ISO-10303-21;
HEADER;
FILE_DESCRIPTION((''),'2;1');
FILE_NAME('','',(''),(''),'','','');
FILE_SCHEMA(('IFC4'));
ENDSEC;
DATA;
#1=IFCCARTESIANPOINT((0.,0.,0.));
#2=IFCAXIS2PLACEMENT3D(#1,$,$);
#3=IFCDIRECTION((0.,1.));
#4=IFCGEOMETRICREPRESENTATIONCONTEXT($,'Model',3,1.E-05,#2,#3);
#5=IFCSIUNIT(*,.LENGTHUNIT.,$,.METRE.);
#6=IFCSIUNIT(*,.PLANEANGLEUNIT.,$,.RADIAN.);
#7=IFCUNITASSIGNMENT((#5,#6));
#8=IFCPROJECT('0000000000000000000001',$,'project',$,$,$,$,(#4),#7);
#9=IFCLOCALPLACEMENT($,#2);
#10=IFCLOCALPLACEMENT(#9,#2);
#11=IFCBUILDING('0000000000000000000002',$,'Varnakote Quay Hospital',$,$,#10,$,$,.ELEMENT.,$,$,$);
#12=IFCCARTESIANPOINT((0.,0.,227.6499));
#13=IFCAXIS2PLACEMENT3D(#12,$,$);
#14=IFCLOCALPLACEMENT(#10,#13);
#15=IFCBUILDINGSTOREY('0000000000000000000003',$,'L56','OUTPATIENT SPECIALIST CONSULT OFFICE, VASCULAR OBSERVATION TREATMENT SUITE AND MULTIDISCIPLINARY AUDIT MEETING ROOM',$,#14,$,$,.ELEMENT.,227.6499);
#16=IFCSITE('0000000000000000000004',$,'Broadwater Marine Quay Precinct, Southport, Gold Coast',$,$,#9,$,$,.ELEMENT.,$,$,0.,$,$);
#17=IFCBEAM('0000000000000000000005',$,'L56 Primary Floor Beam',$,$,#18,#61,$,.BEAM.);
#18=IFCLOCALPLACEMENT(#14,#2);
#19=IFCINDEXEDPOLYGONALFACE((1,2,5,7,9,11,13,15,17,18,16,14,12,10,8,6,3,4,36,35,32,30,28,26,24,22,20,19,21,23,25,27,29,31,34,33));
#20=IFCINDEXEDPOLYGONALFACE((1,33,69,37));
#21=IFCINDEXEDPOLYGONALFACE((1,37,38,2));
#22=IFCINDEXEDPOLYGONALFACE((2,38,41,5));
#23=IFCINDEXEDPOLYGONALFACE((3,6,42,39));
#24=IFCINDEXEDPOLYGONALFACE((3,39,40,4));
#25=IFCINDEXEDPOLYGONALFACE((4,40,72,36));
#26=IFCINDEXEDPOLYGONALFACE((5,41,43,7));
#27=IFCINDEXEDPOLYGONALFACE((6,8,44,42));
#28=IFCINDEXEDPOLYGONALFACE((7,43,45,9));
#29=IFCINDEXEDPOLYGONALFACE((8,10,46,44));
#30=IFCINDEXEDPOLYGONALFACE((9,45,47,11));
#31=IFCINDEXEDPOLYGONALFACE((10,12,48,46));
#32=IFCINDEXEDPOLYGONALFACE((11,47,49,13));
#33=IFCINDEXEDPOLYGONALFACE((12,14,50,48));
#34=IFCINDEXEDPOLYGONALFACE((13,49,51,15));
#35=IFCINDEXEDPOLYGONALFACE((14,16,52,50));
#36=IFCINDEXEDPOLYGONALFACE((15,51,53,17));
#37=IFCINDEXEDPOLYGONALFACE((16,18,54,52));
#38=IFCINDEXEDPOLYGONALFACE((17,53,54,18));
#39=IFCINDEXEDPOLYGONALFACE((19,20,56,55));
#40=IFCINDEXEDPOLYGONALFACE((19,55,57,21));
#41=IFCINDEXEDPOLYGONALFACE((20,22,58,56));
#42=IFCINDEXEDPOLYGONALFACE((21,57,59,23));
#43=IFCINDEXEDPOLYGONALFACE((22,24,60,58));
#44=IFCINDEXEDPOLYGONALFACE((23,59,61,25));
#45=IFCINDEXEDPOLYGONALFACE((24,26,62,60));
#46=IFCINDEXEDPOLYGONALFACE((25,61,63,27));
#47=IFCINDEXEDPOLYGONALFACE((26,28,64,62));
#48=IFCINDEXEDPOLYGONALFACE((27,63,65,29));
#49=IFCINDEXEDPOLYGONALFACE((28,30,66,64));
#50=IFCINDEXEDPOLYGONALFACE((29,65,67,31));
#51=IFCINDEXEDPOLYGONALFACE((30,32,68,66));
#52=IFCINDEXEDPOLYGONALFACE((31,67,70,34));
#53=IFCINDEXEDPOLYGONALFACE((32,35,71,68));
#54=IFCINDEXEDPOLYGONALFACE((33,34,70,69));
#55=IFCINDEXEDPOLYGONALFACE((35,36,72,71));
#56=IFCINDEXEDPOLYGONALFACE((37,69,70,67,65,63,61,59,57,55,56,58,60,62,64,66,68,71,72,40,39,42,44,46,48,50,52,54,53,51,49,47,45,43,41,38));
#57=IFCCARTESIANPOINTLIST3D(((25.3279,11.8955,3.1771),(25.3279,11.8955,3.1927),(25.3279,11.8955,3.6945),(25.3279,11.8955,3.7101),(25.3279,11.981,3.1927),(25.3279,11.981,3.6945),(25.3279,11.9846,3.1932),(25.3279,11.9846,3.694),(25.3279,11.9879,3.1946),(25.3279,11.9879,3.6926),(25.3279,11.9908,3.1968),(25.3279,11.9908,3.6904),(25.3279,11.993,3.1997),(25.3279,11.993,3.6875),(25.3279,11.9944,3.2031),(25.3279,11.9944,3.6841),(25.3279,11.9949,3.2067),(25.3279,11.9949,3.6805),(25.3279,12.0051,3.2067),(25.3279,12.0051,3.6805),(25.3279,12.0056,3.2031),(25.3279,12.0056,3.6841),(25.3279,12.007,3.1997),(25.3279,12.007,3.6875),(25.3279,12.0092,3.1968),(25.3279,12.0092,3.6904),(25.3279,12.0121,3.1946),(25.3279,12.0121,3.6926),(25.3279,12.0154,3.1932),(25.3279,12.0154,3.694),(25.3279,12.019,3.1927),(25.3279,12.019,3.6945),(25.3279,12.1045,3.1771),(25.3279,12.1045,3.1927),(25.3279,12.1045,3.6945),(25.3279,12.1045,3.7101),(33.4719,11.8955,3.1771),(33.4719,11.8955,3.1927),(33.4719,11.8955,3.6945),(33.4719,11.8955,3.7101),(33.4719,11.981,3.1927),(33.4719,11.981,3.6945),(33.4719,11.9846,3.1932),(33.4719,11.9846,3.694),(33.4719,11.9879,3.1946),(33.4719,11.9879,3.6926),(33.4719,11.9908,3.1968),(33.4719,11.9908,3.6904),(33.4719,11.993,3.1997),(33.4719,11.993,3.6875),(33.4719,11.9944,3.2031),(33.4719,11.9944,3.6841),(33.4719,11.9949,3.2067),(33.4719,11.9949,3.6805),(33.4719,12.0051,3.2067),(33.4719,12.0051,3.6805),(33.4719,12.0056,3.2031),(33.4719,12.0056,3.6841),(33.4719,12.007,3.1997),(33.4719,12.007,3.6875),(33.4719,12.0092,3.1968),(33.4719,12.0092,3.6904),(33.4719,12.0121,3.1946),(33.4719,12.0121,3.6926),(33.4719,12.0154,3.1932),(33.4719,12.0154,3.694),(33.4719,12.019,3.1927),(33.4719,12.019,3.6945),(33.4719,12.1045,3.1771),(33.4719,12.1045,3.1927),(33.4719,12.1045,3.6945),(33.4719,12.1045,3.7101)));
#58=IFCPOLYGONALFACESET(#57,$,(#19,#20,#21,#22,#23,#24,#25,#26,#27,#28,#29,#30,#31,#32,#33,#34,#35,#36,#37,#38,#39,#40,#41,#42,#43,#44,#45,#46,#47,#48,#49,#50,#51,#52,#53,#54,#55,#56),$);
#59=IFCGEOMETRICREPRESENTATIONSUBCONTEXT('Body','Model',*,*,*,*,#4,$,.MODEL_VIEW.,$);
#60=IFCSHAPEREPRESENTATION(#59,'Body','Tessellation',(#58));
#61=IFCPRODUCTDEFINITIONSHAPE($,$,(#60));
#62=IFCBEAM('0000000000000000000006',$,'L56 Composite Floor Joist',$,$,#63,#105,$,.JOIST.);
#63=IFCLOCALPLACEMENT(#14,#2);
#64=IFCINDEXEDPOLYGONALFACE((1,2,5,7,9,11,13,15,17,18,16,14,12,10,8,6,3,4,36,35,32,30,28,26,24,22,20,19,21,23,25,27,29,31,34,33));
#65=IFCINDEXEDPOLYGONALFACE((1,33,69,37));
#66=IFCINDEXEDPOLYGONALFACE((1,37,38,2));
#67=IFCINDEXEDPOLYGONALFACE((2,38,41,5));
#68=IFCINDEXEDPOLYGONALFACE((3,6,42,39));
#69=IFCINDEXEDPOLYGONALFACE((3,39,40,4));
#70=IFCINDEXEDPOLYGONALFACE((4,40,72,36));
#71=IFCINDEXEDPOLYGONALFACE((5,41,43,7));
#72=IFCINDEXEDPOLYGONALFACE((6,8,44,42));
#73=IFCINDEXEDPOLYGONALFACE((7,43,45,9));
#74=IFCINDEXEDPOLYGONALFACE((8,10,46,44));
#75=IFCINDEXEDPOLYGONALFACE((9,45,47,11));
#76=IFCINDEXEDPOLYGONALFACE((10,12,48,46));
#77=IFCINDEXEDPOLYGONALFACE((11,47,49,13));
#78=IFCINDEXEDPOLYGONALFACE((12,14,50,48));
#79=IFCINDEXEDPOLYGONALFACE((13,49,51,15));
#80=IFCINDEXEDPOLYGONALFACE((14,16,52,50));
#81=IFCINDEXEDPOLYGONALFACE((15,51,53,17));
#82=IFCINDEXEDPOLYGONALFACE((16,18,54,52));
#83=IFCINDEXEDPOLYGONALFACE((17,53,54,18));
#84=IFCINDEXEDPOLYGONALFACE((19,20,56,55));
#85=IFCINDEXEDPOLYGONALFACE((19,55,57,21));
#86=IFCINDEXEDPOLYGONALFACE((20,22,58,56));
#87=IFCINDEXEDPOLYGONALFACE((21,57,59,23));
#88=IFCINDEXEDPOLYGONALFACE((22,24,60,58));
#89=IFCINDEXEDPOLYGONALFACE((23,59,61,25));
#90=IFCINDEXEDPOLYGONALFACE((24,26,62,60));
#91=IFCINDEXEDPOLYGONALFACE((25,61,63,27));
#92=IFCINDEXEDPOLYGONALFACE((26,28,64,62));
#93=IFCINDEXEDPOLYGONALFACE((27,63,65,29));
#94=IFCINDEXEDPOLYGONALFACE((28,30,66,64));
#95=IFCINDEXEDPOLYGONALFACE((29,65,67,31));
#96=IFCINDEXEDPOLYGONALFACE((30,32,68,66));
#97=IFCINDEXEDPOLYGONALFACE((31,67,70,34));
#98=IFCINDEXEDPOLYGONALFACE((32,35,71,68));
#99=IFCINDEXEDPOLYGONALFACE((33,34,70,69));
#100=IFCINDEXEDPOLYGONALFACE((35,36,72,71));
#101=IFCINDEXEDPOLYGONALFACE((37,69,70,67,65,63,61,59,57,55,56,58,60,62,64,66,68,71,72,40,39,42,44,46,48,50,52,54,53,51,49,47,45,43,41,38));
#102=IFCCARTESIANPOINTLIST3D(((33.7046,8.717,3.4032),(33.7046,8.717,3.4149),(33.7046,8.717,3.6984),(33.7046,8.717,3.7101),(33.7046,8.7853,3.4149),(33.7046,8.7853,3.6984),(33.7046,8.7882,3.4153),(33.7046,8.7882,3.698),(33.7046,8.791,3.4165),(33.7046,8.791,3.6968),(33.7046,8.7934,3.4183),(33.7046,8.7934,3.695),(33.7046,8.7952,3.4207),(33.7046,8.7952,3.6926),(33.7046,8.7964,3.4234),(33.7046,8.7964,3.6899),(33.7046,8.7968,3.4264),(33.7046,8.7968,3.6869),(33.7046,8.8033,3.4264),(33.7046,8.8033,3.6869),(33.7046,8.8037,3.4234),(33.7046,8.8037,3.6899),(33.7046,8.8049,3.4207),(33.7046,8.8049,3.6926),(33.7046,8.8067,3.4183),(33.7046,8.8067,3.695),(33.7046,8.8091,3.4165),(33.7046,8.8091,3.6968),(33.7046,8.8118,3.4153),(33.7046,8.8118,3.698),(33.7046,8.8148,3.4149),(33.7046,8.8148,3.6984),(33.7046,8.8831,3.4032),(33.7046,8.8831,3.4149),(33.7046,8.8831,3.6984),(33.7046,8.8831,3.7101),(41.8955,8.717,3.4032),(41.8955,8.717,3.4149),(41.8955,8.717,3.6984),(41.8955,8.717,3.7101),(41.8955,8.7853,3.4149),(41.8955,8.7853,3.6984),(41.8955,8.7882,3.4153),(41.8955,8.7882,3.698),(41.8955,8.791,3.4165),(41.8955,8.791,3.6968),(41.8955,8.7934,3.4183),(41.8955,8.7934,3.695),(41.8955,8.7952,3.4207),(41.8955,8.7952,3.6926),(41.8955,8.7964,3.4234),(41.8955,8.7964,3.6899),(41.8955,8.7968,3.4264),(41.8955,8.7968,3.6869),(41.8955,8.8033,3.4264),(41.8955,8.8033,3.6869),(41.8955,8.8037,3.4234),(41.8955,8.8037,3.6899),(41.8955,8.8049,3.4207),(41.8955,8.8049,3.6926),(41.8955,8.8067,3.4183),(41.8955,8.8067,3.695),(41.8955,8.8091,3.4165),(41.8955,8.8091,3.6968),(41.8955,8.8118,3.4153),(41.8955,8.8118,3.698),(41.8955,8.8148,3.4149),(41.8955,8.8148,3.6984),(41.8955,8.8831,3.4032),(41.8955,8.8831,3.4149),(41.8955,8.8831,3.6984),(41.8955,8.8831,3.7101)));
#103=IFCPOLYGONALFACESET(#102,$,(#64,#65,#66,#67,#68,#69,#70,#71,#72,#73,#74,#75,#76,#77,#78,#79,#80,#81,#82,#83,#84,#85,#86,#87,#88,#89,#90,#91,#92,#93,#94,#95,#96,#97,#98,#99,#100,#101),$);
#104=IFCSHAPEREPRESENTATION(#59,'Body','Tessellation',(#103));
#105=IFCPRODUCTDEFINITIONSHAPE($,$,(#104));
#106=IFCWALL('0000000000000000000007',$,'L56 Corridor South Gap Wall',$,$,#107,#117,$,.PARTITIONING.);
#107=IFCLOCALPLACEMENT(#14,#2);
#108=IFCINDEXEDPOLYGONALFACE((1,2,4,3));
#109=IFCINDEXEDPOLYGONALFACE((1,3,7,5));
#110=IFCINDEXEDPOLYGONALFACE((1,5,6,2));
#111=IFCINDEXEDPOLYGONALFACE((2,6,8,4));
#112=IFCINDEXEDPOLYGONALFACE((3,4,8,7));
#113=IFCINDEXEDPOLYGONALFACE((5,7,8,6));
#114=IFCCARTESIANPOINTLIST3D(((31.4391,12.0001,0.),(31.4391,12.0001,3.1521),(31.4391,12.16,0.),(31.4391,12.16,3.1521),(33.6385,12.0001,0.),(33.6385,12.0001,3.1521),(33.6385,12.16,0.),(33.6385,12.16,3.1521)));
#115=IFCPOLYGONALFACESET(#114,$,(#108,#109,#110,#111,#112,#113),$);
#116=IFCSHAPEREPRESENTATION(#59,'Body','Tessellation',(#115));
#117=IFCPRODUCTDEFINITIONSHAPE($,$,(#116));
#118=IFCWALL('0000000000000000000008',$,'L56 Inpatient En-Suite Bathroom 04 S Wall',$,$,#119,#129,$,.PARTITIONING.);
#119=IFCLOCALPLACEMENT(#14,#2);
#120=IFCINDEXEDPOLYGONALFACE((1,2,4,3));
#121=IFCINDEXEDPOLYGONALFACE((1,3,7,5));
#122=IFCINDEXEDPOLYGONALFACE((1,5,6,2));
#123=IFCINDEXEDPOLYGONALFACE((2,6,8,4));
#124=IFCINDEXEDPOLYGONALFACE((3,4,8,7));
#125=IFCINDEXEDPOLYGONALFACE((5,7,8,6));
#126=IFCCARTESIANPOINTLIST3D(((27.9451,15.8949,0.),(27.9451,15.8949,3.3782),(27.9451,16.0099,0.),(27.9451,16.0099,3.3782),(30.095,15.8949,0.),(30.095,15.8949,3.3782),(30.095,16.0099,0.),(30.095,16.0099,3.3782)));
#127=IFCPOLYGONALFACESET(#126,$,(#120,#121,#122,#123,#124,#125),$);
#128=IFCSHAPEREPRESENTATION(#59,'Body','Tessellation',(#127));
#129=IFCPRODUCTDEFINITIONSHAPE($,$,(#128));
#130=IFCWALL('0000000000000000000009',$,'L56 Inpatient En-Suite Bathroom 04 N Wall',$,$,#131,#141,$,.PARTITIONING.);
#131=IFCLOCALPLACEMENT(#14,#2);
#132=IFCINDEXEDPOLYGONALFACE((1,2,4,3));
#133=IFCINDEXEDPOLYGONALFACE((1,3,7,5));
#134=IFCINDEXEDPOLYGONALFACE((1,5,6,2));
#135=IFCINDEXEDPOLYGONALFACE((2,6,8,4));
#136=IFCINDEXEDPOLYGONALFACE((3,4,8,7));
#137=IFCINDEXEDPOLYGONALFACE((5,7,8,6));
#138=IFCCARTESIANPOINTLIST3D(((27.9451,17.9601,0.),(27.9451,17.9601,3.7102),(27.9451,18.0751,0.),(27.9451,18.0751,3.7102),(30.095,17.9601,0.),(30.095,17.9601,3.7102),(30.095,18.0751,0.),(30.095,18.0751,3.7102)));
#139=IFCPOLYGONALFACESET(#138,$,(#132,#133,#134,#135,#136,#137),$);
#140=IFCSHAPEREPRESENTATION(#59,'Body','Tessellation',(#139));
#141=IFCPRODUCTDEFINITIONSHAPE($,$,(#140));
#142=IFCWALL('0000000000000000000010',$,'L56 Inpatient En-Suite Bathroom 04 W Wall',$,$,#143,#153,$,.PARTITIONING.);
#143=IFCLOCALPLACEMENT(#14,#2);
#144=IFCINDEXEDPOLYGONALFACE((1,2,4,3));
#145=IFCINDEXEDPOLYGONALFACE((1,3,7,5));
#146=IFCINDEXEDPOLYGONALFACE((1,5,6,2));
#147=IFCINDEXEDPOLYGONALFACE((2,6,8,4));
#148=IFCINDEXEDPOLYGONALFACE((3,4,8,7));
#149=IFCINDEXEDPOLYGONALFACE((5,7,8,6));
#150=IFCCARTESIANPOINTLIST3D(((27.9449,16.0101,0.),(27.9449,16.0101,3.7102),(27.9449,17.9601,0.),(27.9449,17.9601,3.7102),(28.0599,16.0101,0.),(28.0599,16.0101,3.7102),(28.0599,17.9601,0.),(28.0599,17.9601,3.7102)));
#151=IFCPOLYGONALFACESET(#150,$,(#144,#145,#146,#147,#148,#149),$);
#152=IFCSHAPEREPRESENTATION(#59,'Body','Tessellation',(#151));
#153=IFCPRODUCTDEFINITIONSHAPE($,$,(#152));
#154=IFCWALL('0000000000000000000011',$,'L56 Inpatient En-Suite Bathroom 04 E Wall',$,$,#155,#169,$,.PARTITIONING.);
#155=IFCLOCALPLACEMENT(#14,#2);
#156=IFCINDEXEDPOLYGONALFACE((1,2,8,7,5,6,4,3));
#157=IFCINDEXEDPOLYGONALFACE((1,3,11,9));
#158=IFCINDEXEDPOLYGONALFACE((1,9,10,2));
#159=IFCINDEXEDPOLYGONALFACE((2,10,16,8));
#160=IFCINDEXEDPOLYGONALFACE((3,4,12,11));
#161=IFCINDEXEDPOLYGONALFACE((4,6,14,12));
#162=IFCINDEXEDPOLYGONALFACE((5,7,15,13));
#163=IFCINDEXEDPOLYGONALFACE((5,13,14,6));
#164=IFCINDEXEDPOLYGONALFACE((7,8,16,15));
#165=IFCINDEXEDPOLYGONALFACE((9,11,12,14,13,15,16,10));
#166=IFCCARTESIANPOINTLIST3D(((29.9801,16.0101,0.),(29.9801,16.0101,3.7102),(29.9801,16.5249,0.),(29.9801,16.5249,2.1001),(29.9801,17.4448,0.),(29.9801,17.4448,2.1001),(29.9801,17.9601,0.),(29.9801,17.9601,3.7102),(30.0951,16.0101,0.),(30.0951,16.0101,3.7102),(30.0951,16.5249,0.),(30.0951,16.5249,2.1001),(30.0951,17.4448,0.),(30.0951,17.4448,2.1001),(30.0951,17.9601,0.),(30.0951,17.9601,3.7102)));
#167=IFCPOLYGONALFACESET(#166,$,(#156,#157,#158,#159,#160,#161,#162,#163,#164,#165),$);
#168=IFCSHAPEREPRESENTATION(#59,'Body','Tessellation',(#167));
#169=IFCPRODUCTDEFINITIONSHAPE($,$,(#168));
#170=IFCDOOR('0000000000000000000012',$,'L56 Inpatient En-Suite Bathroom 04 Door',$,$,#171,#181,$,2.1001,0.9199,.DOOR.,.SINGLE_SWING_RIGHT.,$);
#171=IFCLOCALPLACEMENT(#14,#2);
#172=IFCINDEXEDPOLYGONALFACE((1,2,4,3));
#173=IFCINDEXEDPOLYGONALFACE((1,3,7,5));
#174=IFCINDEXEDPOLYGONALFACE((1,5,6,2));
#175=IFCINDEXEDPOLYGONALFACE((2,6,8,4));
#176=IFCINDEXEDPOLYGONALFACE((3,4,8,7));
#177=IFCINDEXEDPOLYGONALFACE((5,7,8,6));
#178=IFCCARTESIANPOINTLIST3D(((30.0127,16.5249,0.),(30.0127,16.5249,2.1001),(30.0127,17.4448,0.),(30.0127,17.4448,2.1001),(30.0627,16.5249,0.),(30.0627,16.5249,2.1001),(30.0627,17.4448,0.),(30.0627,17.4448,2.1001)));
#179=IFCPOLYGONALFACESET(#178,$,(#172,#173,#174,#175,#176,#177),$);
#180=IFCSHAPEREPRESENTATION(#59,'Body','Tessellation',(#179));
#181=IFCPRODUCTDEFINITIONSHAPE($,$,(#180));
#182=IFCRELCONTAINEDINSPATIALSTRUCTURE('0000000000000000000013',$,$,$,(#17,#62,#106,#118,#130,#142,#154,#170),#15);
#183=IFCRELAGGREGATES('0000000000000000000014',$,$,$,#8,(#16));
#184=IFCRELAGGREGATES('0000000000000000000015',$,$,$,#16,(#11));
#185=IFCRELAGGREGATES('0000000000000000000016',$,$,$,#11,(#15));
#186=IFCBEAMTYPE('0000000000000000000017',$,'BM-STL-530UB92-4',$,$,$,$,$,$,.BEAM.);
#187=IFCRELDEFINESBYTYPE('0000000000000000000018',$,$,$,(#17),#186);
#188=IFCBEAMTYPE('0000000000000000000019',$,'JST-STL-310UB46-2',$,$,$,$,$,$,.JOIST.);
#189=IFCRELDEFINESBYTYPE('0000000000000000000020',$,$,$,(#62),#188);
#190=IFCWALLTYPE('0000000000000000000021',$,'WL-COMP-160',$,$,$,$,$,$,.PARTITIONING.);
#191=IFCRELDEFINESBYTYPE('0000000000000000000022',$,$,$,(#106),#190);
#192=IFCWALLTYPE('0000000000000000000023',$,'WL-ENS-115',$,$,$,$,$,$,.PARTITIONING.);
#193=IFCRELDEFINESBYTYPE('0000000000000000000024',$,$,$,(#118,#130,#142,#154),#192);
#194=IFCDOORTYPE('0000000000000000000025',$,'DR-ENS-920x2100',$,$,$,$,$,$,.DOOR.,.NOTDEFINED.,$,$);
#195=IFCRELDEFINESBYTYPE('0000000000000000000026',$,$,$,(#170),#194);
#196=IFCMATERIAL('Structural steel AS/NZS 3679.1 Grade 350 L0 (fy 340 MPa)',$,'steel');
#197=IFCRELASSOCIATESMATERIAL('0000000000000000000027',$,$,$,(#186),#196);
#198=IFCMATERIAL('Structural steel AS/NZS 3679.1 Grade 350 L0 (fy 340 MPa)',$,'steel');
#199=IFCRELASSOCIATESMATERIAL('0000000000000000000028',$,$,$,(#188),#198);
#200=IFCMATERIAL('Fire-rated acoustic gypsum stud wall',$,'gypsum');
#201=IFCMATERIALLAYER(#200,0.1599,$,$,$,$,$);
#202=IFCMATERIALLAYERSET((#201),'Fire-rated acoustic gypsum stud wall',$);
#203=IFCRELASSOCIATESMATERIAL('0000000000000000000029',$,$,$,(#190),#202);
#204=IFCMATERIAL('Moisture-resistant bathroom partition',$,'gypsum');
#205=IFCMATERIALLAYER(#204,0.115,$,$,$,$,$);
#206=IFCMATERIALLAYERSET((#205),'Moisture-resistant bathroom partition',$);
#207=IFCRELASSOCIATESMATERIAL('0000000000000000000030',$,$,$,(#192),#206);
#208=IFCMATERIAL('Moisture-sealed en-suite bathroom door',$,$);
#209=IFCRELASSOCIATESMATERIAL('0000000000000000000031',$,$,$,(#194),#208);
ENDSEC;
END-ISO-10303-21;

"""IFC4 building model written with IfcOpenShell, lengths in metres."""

from ifc_helpers import new_model, si_unit, direction, frame, frame_2d, origin, origin_2d, place, context, subcontext, project, spatial, rectangle, i_section, extrude, material, layer, layer_set, material_profile, profile_set, type_object, element, fill, save


model = new_model("IFC4")

# Units and contexts
model_context = context("Model", 3, precision=1e-05, world=origin(), true_north=direction((0.0, 1.0)))
body_context = subcontext(model_context, "Body", "Model", "MODEL_VIEW")
ifc_project = project(units=[si_unit("LENGTHUNIT", "METRE"), si_unit("PLANEANGLEUNIT", "RADIAN")], contexts=[model_context])

# Site, building, storey
site_placement = place(None, origin())
site = spatial("IfcSite", under=ifc_project, at=site_placement, Name="Broadwater Marine Quay Precinct, Southport, Gold Coast", CompositionType="ELEMENT", RefElevation=0.0)
building_placement = place(site_placement, origin())
building = spatial("IfcBuilding", under=site, at=building_placement, Name="Varnakote Quay Hospital", CompositionType="ELEMENT")
storey_placement = place(building_placement, frame((0.0, 0.0, 227.6499)))
storey = spatial("IfcBuildingStorey", under=building, at=storey_placement, Name="L56", Description="OUTPATIENT SPECIALIST CONSULT OFFICE, VASCULAR OBSERVATION TREATMENT SUITE AND MULTIDISCIPLINARY AUDIT MEETING ROOM", CompositionType="ELEMENT", Elevation=227.6499)

# Beams
ifc_material_1 = material(Name="Structural steel AS/NZS 3679.1 Grade 350 L0 (fy 340 MPa)", Category="steel")
ifc_material_profile_1 = material_profile(ifc_material_1, i_section(OverallWidth=0.209, OverallDepth=0.533, WebThickness=0.0103, FlangeThickness=0.0156, FilletRadius=0.0139, at=origin_2d()), Name="530UB92.4")
ifc_profile_set_1 = profile_set([ifc_material_profile_1], Name="Structural steel AS/NZS 3679.1 Grade 350 L0 (fy 340 MPa)")
beam_type_1 = type_object("IfcBeamType", Name="BM-STL-530UB92-4", PredefinedType="BEAM", material=ifc_profile_set_1)
beam_1_placement = place(storey_placement, frame((25.3279, 12.0, 3.4436), z_axis=(1.0, 0.0, 0.0), x_axis=(0.0, 1.0, 0.0)))
element("IfcBeam", 1, at=beam_1_placement, inside=storey, type_object=beam_type_1, Name="L56 Primary Floor Beam", PredefinedType="BEAM", context=body_context, shape_type="SweptSolid", body=[
    extrude(i_section(OverallWidth=0.209, OverallDepth=0.533, WebThickness=0.0103, FlangeThickness=0.0156, FilletRadius=0.0139, at=origin_2d()), origin(), (0.0, 0.0, 1.0), 8.144),
])
ifc_material_2 = material(Name="Structural steel AS/NZS 3679.1 Grade 350 L0 (fy 340 MPa)", Category="steel")
ifc_material_profile_2 = material_profile(ifc_material_2, i_section(OverallWidth=0.166, OverallDepth=0.3069, WebThickness=0.0066, FlangeThickness=0.0117, FilletRadius=0.0115, at=origin_2d()), Name="310UB46.2")
ifc_profile_set_2 = profile_set([ifc_material_profile_2], Name="Structural steel AS/NZS 3679.1 Grade 350 L0 (fy 340 MPa)")
beam_type_2 = type_object("IfcBeamType", Name="JST-STL-310UB46-2", PredefinedType="JOIST", material=ifc_profile_set_2)
beam_2_placement = place(storey_placement, frame((33.7046, 8.8, 3.5566), z_axis=(1.0, 0.0, 0.0), x_axis=(0.0, 1.0, 0.0)))
element("IfcBeam", 2, at=beam_2_placement, inside=storey, type_object=beam_type_2, Name="L56 Composite Floor Joist", PredefinedType="JOIST", context=body_context, shape_type="SweptSolid", body=[
    extrude(i_section(OverallWidth=0.166, OverallDepth=0.3069, WebThickness=0.0066, FlangeThickness=0.0117, FilletRadius=0.0115, at=origin_2d()), origin(), (0.0, 0.0, 1.0), 8.1909),
])

# Walls
ifc_material_3 = material(Name="Fire-rated acoustic gypsum stud wall", Category="gypsum")
ifc_layer_1 = layer(ifc_material_3, 0.1599)
ifc_layer_set_1 = layer_set([ifc_layer_1], Name="Fire-rated acoustic gypsum stud wall")
wall_type_1 = type_object("IfcWallType", Name="WL-COMP-160", PredefinedType="PARTITIONING", material=ifc_layer_set_1)
wall_1_placement = place(storey_placement, frame((31.4392, 12.0801, 0.0), z_axis=(0.0, 0.0, 1.0), x_axis=(1.0, 0.0, 0.0)))
element("IfcWall", 3, at=wall_1_placement, inside=storey, type_object=wall_type_1, Name="L56 Corridor South Gap Wall", PredefinedType="PARTITIONING", context=body_context, shape_type="SweptSolid", body=[
    extrude(rectangle(XDim=2.1995, YDim=0.1599, at=frame_2d((1.0996, 0.0))), origin(), (0.0, 0.0, 1.0), 3.1521),
])
ifc_material_4 = material(Name="Moisture-resistant bathroom partition", Category="gypsum")
ifc_layer_2 = layer(ifc_material_4, 0.115)
ifc_layer_set_2 = layer_set([ifc_layer_2], Name="Moisture-resistant bathroom partition")
wall_type_2 = type_object("IfcWallType", Name="WL-ENS-115", PredefinedType="PARTITIONING", material=ifc_layer_set_2)
wall_2_placement = place(storey_placement, frame((27.9451, 15.9524, 0.0), z_axis=(0.0, 0.0, 1.0), x_axis=(1.0, 0.0, 0.0)))
element("IfcWall", 4, at=wall_2_placement, inside=storey, type_object=wall_type_2, Name="L56 Inpatient En-Suite Bathroom 04 S Wall", PredefinedType="PARTITIONING", context=body_context, shape_type="SweptSolid", body=[
    extrude(rectangle(XDim=2.1499, YDim=0.115, at=frame_2d((1.075, 0.0))), origin(), (0.0, 0.0, 1.0), 3.3782),
])
wall_3_placement = place(storey_placement, frame((27.9451, 18.0176, 0.0), z_axis=(0.0, 0.0, 1.0), x_axis=(1.0, 0.0, 0.0)))
element("IfcWall", 5, at=wall_3_placement, inside=storey, type_object=wall_type_2, Name="L56 Inpatient En-Suite Bathroom 04 N Wall", PredefinedType="PARTITIONING", context=body_context, shape_type="SweptSolid", body=[
    extrude(rectangle(XDim=2.1499, YDim=0.115, at=frame_2d((1.075, 0.0))), origin(), (0.0, 0.0, 1.0), 3.7102),
])
wall_4_placement = place(storey_placement, frame((28.0024, 16.01, 0.0), z_axis=(0.0, 0.0, 1.0), x_axis=(0.0, 1.0, 0.0)))
element("IfcWall", 6, at=wall_4_placement, inside=storey, type_object=wall_type_2, Name="L56 Inpatient En-Suite Bathroom 04 W Wall", PredefinedType="PARTITIONING", context=body_context, shape_type="SweptSolid", body=[
    extrude(rectangle(XDim=1.95, YDim=0.115, at=frame_2d((0.9751, 0.0))), origin(), (0.0, 0.0, 1.0), 3.7102),
])

# Wall, opening, door
wall_5_placement = place(storey_placement, frame((30.0376, 16.01, 0.0), z_axis=(0.0, 0.0, 1.0), x_axis=(0.0, 1.0, 0.0)))
wall_5 = element("IfcWall", 7, at=wall_5_placement, inside=storey, type_object=wall_type_2, Name="L56 Inpatient En-Suite Bathroom 04 E Wall", PredefinedType="PARTITIONING", context=body_context, shape_type="SweptSolid", body=[
    extrude(rectangle(XDim=1.95, YDim=0.115, at=frame_2d((0.9751, 0.0))), origin(), (0.0, 0.0, 1.0), 3.7102),
])
opening_1_placement = place(wall_5_placement, frame((0.5149, 0.0, 0.0)))
opening_1 = element("IfcOpeningElement", 8, at=opening_1_placement, cuts=wall_5, PredefinedType="OPENING", context=body_context, shape_type="SweptSolid", body=[
    extrude(rectangle(XDim=0.9199, YDim=2.1001, at=frame_2d((0.46, 1.05))), frame((0.0, 0.0674, 0.0), z_axis=(0.0, -1.0, 0.0), x_axis=(1.0, 0.0, 0.0)), (0.0, 0.0, 1.0), 0.135),
])
ifc_material_5 = material(Name="Moisture-sealed en-suite bathroom door")
door_type_1 = type_object("IfcDoorType", Name="DR-ENS-920x2100", OperationType="NOTDEFINED", PredefinedType="DOOR", material=ifc_material_5)
door_1_placement = place(opening_1_placement, origin())
door_1 = element("IfcDoor", 9, at=door_1_placement, inside=storey, type_object=door_type_1, Name="L56 Inpatient En-Suite Bathroom 04 Door", OperationType="SINGLE_SWING_RIGHT", OverallHeight=2.1001, OverallWidth=0.9199, PredefinedType="DOOR", context=body_context, shape_type="SweptSolid", body=[
    extrude(rectangle(XDim=0.9199, YDim=2.1001, at=frame_2d((0.46, 1.05))), frame((0.0, 0.0249, 0.0), z_axis=(0.0, -1.0, 0.0), x_axis=(1.0, 0.0, 0.0)), (0.0, 0.0, 1.0), 0.05),
])
fill(opening_1, door_1)

save(model, "model.ifc")
